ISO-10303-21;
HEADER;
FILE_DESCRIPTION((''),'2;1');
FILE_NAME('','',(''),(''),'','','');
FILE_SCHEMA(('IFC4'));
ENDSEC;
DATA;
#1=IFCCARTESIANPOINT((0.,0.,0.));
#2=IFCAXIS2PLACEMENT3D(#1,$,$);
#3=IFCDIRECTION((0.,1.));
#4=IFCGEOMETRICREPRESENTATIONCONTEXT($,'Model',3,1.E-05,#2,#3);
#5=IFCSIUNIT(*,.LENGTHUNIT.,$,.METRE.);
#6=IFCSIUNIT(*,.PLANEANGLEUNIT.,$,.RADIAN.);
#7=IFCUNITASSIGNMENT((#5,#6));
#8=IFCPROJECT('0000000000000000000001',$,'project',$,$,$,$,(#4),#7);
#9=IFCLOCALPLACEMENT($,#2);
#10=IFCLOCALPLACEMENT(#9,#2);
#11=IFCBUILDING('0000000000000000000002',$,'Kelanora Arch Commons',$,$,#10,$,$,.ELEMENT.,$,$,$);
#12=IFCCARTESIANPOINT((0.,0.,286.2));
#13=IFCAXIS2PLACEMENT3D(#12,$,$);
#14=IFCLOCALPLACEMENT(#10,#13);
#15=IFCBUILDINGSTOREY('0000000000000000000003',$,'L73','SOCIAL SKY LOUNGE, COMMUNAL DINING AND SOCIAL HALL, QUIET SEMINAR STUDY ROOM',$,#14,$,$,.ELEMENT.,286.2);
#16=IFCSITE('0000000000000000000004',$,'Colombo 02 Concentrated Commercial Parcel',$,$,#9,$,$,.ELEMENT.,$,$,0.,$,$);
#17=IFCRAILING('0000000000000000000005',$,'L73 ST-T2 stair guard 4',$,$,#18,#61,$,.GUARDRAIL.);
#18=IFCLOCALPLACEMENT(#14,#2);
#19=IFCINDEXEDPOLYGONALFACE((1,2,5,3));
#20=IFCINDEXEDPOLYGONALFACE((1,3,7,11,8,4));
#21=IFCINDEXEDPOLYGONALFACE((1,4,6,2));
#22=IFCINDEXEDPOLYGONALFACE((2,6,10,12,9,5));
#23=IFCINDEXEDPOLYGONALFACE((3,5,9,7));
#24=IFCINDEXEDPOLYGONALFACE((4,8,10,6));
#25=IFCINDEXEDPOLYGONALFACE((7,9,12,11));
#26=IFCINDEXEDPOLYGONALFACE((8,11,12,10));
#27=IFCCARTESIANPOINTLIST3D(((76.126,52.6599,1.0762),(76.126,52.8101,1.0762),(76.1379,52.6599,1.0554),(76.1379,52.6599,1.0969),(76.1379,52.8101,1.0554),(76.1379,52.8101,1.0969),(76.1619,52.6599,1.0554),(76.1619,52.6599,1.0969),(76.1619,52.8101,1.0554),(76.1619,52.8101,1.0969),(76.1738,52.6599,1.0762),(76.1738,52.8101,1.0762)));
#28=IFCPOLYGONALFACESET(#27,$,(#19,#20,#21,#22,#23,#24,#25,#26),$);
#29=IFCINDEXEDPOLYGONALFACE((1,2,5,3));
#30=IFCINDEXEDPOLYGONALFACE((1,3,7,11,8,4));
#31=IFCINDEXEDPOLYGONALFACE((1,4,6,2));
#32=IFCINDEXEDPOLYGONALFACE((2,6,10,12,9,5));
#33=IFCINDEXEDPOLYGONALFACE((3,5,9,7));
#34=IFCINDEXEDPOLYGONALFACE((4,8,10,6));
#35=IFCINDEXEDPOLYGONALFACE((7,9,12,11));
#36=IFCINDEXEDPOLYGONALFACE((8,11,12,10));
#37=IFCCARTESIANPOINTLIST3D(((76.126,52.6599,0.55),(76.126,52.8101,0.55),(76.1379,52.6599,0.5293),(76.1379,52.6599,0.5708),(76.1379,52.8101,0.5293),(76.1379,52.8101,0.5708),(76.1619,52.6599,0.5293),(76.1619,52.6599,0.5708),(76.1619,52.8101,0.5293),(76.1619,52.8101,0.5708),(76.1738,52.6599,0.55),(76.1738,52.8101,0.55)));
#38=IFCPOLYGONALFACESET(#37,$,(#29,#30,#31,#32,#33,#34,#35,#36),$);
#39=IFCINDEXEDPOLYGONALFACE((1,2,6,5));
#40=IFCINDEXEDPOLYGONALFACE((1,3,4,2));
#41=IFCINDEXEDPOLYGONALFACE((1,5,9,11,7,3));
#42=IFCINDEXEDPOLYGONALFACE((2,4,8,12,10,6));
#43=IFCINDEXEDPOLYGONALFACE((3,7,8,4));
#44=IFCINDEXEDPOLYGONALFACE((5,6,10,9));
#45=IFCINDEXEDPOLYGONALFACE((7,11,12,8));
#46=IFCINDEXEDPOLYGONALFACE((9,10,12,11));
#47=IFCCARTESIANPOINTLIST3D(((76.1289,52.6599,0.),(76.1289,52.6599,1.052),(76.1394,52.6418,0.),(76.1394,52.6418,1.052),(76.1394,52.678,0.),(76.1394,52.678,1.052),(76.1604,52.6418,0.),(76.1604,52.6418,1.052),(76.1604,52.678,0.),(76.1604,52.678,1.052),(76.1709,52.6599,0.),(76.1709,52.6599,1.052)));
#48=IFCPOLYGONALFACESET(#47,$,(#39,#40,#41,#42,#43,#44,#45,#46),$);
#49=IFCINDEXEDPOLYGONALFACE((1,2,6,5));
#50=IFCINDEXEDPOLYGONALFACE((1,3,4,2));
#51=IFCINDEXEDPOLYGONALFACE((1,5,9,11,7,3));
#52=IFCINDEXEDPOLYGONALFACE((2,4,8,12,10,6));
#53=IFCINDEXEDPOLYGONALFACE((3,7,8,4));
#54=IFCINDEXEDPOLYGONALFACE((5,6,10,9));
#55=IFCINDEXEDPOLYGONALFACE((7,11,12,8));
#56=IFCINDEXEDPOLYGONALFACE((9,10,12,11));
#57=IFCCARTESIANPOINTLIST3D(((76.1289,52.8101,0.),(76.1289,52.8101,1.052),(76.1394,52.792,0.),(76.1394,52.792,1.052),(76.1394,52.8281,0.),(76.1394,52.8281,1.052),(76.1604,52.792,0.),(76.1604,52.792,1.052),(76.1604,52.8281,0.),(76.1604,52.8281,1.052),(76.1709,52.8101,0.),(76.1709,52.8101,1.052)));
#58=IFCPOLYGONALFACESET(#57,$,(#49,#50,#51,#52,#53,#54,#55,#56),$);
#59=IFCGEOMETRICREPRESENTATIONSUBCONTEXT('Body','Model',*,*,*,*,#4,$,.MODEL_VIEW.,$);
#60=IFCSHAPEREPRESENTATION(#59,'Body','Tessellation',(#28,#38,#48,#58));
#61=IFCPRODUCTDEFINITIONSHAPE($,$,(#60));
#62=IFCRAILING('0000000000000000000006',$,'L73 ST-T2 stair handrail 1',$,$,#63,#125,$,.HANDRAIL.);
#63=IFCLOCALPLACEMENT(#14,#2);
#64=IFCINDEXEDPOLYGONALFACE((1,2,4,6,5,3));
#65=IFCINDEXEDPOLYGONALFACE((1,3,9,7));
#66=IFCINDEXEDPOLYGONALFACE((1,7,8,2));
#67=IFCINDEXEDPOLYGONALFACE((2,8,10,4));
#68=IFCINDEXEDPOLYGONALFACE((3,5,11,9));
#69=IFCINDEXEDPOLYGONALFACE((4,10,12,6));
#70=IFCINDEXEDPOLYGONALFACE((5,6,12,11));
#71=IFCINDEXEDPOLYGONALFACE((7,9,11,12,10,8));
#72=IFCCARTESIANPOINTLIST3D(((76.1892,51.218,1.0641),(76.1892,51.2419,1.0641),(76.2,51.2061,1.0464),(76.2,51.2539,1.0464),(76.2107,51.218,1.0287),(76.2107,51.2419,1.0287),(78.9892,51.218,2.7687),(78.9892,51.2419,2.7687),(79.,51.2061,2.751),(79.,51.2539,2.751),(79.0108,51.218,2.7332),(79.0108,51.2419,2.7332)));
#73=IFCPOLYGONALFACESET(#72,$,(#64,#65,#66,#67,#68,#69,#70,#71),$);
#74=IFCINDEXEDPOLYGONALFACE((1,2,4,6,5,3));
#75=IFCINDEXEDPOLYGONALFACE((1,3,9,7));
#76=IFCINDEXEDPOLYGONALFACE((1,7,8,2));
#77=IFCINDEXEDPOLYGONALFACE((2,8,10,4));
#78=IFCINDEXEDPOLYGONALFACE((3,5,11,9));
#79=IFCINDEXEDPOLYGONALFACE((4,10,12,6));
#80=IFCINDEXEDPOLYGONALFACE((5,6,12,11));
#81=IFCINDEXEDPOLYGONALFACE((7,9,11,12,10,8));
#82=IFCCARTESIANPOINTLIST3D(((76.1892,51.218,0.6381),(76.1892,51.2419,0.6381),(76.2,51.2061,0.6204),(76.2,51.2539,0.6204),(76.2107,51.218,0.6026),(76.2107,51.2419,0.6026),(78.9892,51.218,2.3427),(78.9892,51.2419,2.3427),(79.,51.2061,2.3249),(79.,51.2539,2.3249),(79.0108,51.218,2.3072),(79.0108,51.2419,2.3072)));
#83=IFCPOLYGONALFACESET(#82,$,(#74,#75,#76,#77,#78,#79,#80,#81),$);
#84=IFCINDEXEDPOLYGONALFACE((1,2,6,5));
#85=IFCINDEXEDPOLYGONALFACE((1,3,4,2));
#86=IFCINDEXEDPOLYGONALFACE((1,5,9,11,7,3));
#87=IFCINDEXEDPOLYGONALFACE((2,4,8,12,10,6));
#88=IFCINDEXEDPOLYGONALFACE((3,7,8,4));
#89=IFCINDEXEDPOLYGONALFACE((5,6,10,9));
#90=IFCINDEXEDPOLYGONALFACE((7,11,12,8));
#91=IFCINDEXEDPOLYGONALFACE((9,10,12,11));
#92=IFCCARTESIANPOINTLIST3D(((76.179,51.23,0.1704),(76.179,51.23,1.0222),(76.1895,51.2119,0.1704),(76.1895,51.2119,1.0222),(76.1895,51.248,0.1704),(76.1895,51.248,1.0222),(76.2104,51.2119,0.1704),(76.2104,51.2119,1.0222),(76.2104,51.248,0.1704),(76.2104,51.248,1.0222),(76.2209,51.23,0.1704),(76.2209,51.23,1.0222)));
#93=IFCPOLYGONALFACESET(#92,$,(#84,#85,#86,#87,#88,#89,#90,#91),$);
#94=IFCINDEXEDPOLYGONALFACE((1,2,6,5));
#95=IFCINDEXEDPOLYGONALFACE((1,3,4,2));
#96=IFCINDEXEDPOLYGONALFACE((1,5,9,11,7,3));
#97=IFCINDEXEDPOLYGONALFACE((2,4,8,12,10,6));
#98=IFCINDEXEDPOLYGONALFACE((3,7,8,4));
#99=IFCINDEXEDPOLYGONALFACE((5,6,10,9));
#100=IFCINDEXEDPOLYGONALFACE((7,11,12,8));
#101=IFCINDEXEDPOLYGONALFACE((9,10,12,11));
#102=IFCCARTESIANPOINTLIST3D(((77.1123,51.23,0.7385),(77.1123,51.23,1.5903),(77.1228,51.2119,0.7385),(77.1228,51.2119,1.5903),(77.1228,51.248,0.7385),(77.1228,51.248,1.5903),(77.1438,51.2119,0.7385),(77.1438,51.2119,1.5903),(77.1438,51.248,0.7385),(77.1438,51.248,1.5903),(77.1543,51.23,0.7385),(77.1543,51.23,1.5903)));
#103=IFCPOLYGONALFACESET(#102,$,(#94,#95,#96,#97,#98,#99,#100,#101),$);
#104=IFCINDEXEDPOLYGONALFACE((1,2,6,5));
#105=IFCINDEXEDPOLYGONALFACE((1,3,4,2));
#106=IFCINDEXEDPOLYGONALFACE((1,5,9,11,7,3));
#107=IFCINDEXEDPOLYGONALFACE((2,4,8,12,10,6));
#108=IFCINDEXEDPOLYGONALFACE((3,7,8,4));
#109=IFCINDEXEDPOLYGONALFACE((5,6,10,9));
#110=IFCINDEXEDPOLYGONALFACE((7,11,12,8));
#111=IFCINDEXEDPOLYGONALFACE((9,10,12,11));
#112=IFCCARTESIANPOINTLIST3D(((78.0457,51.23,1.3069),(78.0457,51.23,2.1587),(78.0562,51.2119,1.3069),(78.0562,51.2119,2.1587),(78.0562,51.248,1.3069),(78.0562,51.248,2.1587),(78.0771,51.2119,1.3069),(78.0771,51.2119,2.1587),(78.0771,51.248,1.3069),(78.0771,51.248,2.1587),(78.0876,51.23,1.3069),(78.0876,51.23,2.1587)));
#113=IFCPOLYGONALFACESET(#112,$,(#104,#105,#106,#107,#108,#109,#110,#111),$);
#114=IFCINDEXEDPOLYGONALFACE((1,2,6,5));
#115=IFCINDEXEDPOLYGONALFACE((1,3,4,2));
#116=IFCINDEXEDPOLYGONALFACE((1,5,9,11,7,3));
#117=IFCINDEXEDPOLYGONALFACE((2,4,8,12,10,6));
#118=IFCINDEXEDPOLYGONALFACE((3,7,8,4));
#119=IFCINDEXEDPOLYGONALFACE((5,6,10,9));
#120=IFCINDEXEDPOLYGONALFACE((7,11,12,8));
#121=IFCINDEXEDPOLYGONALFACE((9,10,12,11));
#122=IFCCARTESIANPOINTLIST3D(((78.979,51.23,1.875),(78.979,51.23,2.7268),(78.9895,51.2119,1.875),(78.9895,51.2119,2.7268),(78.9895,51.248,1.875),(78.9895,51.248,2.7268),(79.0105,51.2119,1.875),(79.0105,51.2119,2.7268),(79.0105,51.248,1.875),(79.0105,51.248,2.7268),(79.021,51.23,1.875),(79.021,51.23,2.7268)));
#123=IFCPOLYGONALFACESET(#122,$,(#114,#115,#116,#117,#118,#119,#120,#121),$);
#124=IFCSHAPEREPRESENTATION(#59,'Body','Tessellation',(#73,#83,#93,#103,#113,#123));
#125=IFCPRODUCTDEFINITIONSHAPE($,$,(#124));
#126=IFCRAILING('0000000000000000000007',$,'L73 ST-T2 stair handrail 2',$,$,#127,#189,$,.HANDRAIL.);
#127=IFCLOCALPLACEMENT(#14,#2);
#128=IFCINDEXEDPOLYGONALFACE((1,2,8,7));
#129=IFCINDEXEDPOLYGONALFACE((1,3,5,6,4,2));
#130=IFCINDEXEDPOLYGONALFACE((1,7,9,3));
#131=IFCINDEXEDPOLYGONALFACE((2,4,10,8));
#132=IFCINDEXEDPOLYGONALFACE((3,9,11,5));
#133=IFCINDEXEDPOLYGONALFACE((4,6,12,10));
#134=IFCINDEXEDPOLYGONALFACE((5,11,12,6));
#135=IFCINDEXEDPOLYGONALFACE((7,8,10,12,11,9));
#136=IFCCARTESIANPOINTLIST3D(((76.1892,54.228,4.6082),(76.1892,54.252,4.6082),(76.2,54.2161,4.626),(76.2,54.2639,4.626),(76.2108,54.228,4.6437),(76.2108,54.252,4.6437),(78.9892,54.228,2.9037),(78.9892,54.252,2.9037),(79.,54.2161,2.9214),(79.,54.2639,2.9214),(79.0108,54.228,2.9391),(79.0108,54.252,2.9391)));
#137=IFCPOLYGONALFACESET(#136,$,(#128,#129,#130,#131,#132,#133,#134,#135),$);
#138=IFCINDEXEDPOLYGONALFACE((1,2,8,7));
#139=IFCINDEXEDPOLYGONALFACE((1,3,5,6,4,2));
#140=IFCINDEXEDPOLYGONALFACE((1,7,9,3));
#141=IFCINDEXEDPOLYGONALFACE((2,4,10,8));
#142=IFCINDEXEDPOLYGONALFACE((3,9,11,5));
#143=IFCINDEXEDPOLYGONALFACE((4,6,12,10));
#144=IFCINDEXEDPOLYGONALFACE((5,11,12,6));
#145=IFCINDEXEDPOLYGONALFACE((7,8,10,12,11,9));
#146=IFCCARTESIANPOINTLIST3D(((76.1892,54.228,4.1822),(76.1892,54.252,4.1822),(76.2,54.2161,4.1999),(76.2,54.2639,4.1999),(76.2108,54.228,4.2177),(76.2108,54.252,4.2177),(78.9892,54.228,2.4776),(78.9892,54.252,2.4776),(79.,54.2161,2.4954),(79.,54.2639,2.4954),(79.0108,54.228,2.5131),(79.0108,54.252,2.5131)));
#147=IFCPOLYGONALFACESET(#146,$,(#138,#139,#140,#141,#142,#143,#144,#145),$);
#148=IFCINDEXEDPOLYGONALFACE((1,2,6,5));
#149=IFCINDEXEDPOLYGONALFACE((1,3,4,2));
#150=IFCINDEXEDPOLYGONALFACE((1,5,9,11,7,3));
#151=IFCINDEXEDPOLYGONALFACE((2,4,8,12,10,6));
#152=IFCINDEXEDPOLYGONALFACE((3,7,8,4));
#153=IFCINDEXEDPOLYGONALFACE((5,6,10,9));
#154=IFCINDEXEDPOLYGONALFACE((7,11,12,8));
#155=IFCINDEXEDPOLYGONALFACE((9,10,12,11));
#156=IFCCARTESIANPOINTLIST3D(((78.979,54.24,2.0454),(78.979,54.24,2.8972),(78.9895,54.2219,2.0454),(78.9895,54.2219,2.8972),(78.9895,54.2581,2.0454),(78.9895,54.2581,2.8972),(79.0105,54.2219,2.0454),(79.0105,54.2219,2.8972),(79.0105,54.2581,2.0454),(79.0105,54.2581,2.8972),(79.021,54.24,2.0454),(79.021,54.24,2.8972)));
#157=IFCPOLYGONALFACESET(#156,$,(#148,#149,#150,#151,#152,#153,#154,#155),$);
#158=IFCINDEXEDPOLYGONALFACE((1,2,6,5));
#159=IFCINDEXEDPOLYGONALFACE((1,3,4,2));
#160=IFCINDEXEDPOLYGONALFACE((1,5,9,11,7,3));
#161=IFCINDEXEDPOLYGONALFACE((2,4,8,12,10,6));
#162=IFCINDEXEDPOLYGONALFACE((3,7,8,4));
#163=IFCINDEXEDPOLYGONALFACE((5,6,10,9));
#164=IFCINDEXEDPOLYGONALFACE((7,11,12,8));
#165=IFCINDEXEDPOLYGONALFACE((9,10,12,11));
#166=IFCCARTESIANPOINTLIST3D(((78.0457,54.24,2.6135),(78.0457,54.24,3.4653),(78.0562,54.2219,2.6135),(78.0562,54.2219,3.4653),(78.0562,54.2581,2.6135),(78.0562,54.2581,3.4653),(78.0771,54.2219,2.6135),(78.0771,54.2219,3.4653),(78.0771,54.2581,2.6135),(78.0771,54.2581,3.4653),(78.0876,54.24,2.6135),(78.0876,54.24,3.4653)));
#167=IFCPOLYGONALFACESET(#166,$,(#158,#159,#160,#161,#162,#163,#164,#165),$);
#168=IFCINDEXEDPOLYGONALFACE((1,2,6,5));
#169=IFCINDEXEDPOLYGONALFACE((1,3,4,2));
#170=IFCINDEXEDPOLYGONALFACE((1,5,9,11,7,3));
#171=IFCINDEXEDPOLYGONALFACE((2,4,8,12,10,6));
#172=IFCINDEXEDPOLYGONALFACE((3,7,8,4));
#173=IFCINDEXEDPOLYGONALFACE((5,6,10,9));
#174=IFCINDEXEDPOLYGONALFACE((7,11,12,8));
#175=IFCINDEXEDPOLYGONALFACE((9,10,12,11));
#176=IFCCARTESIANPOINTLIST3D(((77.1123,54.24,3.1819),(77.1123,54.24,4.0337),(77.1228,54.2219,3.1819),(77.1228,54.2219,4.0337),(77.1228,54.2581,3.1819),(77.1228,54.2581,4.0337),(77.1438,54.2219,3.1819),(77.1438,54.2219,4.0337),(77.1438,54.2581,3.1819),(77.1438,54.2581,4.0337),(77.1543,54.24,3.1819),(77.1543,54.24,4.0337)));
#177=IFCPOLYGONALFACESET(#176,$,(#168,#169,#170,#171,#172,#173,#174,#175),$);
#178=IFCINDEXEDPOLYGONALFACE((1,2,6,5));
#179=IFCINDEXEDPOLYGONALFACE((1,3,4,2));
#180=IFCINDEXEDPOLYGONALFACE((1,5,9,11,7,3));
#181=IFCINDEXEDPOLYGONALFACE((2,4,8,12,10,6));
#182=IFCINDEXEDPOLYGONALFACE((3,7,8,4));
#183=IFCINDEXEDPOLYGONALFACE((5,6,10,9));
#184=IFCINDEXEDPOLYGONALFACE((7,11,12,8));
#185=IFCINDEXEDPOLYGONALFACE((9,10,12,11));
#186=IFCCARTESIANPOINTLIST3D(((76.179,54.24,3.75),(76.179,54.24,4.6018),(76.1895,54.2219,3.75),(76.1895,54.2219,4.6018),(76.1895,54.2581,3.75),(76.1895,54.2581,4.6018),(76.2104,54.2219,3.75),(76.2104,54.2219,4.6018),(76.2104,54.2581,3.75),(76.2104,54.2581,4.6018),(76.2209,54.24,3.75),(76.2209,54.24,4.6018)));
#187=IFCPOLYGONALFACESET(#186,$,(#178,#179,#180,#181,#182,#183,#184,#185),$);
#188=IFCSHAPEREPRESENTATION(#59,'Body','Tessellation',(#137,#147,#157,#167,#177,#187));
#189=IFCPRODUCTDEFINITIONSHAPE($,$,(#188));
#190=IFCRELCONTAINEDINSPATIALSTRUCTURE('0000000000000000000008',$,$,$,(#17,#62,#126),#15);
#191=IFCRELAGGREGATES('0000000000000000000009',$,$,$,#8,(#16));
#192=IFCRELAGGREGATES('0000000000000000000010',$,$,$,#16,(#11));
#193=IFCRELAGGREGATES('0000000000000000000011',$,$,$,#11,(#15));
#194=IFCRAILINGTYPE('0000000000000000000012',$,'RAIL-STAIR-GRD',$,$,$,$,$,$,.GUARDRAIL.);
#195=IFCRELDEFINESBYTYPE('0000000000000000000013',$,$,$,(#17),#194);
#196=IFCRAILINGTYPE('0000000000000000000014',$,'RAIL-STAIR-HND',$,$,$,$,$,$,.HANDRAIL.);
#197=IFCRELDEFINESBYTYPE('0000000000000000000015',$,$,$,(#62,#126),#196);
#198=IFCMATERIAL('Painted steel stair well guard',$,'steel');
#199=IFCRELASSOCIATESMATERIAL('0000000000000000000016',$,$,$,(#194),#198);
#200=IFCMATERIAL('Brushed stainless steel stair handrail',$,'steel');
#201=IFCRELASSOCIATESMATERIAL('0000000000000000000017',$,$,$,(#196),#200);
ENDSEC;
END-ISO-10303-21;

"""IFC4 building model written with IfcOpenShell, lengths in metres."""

from ifc_helpers import new_model, si_unit, direction, frame, origin, place, context, subcontext, project, spatial, polyline, outline, extrude, material, type_object, element, save


model = new_model("IFC4")

# Units and contexts
model_context = context("Model", 3, precision=1e-05, world=origin(), true_north=direction((0.0, 1.0)))
body_context = subcontext(model_context, "Body", "Model", "MODEL_VIEW")
ifc_project = project(units=[si_unit("LENGTHUNIT", "METRE"), si_unit("PLANEANGLEUNIT", "RADIAN")], contexts=[model_context])

# Site, building, storey
site_placement = place(None, origin())
site = spatial("IfcSite", under=ifc_project, at=site_placement, Name="Colombo 02 Concentrated Commercial Parcel", CompositionType="ELEMENT", RefElevation=0.0)
building_placement = place(site_placement, origin())
building = spatial("IfcBuilding", under=site, at=building_placement, Name="Kelanora Arch Commons", CompositionType="ELEMENT")
storey_placement = place(building_placement, frame((0.0, 0.0, 286.2)))
storey = spatial("IfcBuildingStorey", under=building, at=storey_placement, Name="L73", Description="SOCIAL SKY LOUNGE, COMMUNAL DINING AND SOCIAL HALL, QUIET SEMINAR STUDY ROOM", CompositionType="ELEMENT", Elevation=286.2)

# Railings
ifc_material_1 = material(Name="Painted steel stair well guard", Category="steel")
railing_type_1 = type_object("IfcRailingType", Name="RAIL-STAIR-GRD", PredefinedType="GUARDRAIL", material=ifc_material_1)
railing_1_placement = place(storey_placement, frame((76.1499, 52.6599, 0.0)))
element("IfcRailing", 1, at=railing_1_placement, inside=storey, type_object=railing_type_1, Name="L73 ST-T2 stair guard 4", PredefinedType="GUARDRAIL", context=body_context, shape_type="SweptSolid", body=[
    extrude(outline(polyline([(0.0239, 0.0), (0.012, 0.0208), (-0.012, 0.0208), (-0.0239, 0.0), (-0.012, -0.0208), (0.012, -0.0208), (0.0239, 0.0)])), frame((0.0, 0.0, 1.0762), z_axis=(0.0, 1.0, 0.0), x_axis=(-1.0, 0.0, 0.0)), (0.0, 0.0, 1.0), 0.1501),
    extrude(outline(polyline([(0.0239, 0.0), (0.012, 0.0208), (-0.012, 0.0208), (-0.0239, 0.0), (-0.012, -0.0208), (0.012, -0.0208), (0.0239, 0.0)])), frame((0.0, 0.0, 0.55), z_axis=(0.0, 1.0, 0.0), x_axis=(-1.0, 0.0, 0.0)), (0.0, 0.0, 1.0), 0.1501),
    extrude(outline(polyline([(0.021, 0.0), (0.0105, 0.0181), (-0.0105, 0.0181), (-0.021, 0.0), (-0.0105, -0.0181), (0.0105, -0.0181), (0.021, 0.0)])), origin(), (0.0, 0.0, 1.0), 1.052),
    extrude(outline(polyline([(0.021, 0.0), (0.0105, 0.0181), (-0.0105, 0.0181), (-0.021, 0.0), (-0.0105, -0.0181), (0.0105, -0.0181), (0.021, 0.0)])), frame((0.0, 0.1501, 0.0)), (0.0, 0.0, 1.0), 1.052),
])
ifc_material_2 = material(Name="Brushed stainless steel stair handrail", Category="steel")
railing_type_2 = type_object("IfcRailingType", Name="RAIL-STAIR-HND", PredefinedType="HANDRAIL", material=ifc_material_2)
railing_2_placement = place(storey_placement, frame((76.2, 51.23, 0.1704)))
element("IfcRailing", 2, at=railing_2_placement, inside=storey, type_object=railing_type_2, Name="L73 ST-T2 stair handrail 1", PredefinedType="HANDRAIL", context=body_context, shape_type="SweptSolid", body=[
    extrude(outline(polyline([(0.0239, 0.0), (0.012, 0.0208), (-0.012, 0.0208), (-0.0239, 0.0), (-0.012, -0.0208), (0.012, -0.0208), (0.0239, 0.0)])), frame((0.0, 0.0, 0.876), z_axis=(0.85417, 0.0, 0.519994), x_axis=(0.0, 1.0, 0.0)), (0.0, 0.0, 1.0), 3.2781),
    extrude(outline(polyline([(0.0239, 0.0), (0.012, 0.0208), (-0.012, 0.0208), (-0.0239, 0.0), (-0.012, -0.0208), (0.012, -0.0208), (0.0239, 0.0)])), frame((0.0, 0.0, 0.45), z_axis=(0.85417, 0.0, 0.519994), x_axis=(0.0, 1.0, 0.0)), (0.0, 0.0, 1.0), 3.2781),
    extrude(outline(polyline([(0.021, 0.0), (0.0105, 0.0181), (-0.0105, 0.0181), (-0.021, 0.0), (-0.0105, -0.0181), (0.0105, -0.0181), (0.021, 0.0)])), origin(), (0.0, 0.0, 1.0), 0.8518),
    extrude(outline(polyline([(0.021, 0.0), (0.0105, 0.0181), (-0.0105, 0.0181), (-0.021, 0.0), (-0.0105, -0.0181), (0.0105, -0.0181), (0.021, 0.0)])), frame((0.9333, 0.0, 0.5681)), (0.0, 0.0, 1.0), 0.8518),
    extrude(outline(polyline([(0.021, 0.0), (0.0105, 0.0181), (-0.0105, 0.0181), (-0.021, 0.0), (-0.0105, -0.0181), (0.0105, -0.0181), (0.021, 0.0)])), frame((1.8667, 0.0, 1.1365)), (0.0, 0.0, 1.0), 0.8518),
    extrude(outline(polyline([(0.021, 0.0), (0.0105, 0.0181), (-0.0105, 0.0181), (-0.021, 0.0), (-0.0105, -0.0181), (0.0105, -0.0181), (0.021, 0.0)])), frame((2.8, 0.0, 1.7046)), (0.0, 0.0, 1.0), 0.8518),
])
railing_3_placement = place(storey_placement, frame((79.0, 54.24, 2.0454)))
element("IfcRailing", 3, at=railing_3_placement, inside=storey, type_object=railing_type_2, Name="L73 ST-T2 stair handrail 2", PredefinedType="HANDRAIL", context=body_context, shape_type="SweptSolid", body=[
    extrude(outline(polyline([(0.0239, 0.0), (0.012, 0.0208), (-0.012, 0.0208), (-0.0239, 0.0), (-0.012, -0.0208), (0.012, -0.0208), (0.0239, 0.0)])), frame((0.0, 0.0, 0.876), z_axis=(-0.85417, 0.0, 0.519994), x_axis=(0.0, -1.0, 0.0)), (0.0, 0.0, 1.0), 3.2781),
    extrude(outline(polyline([(0.0239, 0.0), (0.012, 0.0208), (-0.012, 0.0208), (-0.0239, 0.0), (-0.012, -0.0208), (0.012, -0.0208), (0.0239, 0.0)])), frame((0.0, 0.0, 0.45), z_axis=(-0.85417, 0.0, 0.519994), x_axis=(0.0, -1.0, 0.0)), (0.0, 0.0, 1.0), 3.2781),
    extrude(outline(polyline([(0.021, 0.0), (0.0105, 0.0181), (-0.0105, 0.0181), (-0.021, 0.0), (-0.0105, -0.0181), (0.0105, -0.0181), (0.021, 0.0)])), origin(), (0.0, 0.0, 1.0), 0.8518),
    extrude(outline(polyline([(0.021, 0.0), (0.0105, 0.0181), (-0.0105, 0.0181), (-0.021, 0.0), (-0.0105, -0.0181), (0.0105, -0.0181), (0.021, 0.0)])), frame((-0.9333, 0.0, 0.5681)), (0.0, 0.0, 1.0), 0.8518),
    extrude(outline(polyline([(0.021, 0.0), (0.0105, 0.0181), (-0.0105, 0.0181), (-0.021, 0.0), (-0.0105, -0.0181), (0.0105, -0.0181), (0.021, 0.0)])), frame((-1.8667, 0.0, 1.1365)), (0.0, 0.0, 1.0), 0.8518),
    extrude(outline(polyline([(0.021, 0.0), (0.0105, 0.0181), (-0.0105, 0.0181), (-0.021, 0.0), (-0.0105, -0.0181), (0.0105, -0.0181), (0.021, 0.0)])), frame((-2.8, 0.0, 1.7046)), (0.0, 0.0, 1.0), 0.8518),
])

save(model, "model.ifc")
